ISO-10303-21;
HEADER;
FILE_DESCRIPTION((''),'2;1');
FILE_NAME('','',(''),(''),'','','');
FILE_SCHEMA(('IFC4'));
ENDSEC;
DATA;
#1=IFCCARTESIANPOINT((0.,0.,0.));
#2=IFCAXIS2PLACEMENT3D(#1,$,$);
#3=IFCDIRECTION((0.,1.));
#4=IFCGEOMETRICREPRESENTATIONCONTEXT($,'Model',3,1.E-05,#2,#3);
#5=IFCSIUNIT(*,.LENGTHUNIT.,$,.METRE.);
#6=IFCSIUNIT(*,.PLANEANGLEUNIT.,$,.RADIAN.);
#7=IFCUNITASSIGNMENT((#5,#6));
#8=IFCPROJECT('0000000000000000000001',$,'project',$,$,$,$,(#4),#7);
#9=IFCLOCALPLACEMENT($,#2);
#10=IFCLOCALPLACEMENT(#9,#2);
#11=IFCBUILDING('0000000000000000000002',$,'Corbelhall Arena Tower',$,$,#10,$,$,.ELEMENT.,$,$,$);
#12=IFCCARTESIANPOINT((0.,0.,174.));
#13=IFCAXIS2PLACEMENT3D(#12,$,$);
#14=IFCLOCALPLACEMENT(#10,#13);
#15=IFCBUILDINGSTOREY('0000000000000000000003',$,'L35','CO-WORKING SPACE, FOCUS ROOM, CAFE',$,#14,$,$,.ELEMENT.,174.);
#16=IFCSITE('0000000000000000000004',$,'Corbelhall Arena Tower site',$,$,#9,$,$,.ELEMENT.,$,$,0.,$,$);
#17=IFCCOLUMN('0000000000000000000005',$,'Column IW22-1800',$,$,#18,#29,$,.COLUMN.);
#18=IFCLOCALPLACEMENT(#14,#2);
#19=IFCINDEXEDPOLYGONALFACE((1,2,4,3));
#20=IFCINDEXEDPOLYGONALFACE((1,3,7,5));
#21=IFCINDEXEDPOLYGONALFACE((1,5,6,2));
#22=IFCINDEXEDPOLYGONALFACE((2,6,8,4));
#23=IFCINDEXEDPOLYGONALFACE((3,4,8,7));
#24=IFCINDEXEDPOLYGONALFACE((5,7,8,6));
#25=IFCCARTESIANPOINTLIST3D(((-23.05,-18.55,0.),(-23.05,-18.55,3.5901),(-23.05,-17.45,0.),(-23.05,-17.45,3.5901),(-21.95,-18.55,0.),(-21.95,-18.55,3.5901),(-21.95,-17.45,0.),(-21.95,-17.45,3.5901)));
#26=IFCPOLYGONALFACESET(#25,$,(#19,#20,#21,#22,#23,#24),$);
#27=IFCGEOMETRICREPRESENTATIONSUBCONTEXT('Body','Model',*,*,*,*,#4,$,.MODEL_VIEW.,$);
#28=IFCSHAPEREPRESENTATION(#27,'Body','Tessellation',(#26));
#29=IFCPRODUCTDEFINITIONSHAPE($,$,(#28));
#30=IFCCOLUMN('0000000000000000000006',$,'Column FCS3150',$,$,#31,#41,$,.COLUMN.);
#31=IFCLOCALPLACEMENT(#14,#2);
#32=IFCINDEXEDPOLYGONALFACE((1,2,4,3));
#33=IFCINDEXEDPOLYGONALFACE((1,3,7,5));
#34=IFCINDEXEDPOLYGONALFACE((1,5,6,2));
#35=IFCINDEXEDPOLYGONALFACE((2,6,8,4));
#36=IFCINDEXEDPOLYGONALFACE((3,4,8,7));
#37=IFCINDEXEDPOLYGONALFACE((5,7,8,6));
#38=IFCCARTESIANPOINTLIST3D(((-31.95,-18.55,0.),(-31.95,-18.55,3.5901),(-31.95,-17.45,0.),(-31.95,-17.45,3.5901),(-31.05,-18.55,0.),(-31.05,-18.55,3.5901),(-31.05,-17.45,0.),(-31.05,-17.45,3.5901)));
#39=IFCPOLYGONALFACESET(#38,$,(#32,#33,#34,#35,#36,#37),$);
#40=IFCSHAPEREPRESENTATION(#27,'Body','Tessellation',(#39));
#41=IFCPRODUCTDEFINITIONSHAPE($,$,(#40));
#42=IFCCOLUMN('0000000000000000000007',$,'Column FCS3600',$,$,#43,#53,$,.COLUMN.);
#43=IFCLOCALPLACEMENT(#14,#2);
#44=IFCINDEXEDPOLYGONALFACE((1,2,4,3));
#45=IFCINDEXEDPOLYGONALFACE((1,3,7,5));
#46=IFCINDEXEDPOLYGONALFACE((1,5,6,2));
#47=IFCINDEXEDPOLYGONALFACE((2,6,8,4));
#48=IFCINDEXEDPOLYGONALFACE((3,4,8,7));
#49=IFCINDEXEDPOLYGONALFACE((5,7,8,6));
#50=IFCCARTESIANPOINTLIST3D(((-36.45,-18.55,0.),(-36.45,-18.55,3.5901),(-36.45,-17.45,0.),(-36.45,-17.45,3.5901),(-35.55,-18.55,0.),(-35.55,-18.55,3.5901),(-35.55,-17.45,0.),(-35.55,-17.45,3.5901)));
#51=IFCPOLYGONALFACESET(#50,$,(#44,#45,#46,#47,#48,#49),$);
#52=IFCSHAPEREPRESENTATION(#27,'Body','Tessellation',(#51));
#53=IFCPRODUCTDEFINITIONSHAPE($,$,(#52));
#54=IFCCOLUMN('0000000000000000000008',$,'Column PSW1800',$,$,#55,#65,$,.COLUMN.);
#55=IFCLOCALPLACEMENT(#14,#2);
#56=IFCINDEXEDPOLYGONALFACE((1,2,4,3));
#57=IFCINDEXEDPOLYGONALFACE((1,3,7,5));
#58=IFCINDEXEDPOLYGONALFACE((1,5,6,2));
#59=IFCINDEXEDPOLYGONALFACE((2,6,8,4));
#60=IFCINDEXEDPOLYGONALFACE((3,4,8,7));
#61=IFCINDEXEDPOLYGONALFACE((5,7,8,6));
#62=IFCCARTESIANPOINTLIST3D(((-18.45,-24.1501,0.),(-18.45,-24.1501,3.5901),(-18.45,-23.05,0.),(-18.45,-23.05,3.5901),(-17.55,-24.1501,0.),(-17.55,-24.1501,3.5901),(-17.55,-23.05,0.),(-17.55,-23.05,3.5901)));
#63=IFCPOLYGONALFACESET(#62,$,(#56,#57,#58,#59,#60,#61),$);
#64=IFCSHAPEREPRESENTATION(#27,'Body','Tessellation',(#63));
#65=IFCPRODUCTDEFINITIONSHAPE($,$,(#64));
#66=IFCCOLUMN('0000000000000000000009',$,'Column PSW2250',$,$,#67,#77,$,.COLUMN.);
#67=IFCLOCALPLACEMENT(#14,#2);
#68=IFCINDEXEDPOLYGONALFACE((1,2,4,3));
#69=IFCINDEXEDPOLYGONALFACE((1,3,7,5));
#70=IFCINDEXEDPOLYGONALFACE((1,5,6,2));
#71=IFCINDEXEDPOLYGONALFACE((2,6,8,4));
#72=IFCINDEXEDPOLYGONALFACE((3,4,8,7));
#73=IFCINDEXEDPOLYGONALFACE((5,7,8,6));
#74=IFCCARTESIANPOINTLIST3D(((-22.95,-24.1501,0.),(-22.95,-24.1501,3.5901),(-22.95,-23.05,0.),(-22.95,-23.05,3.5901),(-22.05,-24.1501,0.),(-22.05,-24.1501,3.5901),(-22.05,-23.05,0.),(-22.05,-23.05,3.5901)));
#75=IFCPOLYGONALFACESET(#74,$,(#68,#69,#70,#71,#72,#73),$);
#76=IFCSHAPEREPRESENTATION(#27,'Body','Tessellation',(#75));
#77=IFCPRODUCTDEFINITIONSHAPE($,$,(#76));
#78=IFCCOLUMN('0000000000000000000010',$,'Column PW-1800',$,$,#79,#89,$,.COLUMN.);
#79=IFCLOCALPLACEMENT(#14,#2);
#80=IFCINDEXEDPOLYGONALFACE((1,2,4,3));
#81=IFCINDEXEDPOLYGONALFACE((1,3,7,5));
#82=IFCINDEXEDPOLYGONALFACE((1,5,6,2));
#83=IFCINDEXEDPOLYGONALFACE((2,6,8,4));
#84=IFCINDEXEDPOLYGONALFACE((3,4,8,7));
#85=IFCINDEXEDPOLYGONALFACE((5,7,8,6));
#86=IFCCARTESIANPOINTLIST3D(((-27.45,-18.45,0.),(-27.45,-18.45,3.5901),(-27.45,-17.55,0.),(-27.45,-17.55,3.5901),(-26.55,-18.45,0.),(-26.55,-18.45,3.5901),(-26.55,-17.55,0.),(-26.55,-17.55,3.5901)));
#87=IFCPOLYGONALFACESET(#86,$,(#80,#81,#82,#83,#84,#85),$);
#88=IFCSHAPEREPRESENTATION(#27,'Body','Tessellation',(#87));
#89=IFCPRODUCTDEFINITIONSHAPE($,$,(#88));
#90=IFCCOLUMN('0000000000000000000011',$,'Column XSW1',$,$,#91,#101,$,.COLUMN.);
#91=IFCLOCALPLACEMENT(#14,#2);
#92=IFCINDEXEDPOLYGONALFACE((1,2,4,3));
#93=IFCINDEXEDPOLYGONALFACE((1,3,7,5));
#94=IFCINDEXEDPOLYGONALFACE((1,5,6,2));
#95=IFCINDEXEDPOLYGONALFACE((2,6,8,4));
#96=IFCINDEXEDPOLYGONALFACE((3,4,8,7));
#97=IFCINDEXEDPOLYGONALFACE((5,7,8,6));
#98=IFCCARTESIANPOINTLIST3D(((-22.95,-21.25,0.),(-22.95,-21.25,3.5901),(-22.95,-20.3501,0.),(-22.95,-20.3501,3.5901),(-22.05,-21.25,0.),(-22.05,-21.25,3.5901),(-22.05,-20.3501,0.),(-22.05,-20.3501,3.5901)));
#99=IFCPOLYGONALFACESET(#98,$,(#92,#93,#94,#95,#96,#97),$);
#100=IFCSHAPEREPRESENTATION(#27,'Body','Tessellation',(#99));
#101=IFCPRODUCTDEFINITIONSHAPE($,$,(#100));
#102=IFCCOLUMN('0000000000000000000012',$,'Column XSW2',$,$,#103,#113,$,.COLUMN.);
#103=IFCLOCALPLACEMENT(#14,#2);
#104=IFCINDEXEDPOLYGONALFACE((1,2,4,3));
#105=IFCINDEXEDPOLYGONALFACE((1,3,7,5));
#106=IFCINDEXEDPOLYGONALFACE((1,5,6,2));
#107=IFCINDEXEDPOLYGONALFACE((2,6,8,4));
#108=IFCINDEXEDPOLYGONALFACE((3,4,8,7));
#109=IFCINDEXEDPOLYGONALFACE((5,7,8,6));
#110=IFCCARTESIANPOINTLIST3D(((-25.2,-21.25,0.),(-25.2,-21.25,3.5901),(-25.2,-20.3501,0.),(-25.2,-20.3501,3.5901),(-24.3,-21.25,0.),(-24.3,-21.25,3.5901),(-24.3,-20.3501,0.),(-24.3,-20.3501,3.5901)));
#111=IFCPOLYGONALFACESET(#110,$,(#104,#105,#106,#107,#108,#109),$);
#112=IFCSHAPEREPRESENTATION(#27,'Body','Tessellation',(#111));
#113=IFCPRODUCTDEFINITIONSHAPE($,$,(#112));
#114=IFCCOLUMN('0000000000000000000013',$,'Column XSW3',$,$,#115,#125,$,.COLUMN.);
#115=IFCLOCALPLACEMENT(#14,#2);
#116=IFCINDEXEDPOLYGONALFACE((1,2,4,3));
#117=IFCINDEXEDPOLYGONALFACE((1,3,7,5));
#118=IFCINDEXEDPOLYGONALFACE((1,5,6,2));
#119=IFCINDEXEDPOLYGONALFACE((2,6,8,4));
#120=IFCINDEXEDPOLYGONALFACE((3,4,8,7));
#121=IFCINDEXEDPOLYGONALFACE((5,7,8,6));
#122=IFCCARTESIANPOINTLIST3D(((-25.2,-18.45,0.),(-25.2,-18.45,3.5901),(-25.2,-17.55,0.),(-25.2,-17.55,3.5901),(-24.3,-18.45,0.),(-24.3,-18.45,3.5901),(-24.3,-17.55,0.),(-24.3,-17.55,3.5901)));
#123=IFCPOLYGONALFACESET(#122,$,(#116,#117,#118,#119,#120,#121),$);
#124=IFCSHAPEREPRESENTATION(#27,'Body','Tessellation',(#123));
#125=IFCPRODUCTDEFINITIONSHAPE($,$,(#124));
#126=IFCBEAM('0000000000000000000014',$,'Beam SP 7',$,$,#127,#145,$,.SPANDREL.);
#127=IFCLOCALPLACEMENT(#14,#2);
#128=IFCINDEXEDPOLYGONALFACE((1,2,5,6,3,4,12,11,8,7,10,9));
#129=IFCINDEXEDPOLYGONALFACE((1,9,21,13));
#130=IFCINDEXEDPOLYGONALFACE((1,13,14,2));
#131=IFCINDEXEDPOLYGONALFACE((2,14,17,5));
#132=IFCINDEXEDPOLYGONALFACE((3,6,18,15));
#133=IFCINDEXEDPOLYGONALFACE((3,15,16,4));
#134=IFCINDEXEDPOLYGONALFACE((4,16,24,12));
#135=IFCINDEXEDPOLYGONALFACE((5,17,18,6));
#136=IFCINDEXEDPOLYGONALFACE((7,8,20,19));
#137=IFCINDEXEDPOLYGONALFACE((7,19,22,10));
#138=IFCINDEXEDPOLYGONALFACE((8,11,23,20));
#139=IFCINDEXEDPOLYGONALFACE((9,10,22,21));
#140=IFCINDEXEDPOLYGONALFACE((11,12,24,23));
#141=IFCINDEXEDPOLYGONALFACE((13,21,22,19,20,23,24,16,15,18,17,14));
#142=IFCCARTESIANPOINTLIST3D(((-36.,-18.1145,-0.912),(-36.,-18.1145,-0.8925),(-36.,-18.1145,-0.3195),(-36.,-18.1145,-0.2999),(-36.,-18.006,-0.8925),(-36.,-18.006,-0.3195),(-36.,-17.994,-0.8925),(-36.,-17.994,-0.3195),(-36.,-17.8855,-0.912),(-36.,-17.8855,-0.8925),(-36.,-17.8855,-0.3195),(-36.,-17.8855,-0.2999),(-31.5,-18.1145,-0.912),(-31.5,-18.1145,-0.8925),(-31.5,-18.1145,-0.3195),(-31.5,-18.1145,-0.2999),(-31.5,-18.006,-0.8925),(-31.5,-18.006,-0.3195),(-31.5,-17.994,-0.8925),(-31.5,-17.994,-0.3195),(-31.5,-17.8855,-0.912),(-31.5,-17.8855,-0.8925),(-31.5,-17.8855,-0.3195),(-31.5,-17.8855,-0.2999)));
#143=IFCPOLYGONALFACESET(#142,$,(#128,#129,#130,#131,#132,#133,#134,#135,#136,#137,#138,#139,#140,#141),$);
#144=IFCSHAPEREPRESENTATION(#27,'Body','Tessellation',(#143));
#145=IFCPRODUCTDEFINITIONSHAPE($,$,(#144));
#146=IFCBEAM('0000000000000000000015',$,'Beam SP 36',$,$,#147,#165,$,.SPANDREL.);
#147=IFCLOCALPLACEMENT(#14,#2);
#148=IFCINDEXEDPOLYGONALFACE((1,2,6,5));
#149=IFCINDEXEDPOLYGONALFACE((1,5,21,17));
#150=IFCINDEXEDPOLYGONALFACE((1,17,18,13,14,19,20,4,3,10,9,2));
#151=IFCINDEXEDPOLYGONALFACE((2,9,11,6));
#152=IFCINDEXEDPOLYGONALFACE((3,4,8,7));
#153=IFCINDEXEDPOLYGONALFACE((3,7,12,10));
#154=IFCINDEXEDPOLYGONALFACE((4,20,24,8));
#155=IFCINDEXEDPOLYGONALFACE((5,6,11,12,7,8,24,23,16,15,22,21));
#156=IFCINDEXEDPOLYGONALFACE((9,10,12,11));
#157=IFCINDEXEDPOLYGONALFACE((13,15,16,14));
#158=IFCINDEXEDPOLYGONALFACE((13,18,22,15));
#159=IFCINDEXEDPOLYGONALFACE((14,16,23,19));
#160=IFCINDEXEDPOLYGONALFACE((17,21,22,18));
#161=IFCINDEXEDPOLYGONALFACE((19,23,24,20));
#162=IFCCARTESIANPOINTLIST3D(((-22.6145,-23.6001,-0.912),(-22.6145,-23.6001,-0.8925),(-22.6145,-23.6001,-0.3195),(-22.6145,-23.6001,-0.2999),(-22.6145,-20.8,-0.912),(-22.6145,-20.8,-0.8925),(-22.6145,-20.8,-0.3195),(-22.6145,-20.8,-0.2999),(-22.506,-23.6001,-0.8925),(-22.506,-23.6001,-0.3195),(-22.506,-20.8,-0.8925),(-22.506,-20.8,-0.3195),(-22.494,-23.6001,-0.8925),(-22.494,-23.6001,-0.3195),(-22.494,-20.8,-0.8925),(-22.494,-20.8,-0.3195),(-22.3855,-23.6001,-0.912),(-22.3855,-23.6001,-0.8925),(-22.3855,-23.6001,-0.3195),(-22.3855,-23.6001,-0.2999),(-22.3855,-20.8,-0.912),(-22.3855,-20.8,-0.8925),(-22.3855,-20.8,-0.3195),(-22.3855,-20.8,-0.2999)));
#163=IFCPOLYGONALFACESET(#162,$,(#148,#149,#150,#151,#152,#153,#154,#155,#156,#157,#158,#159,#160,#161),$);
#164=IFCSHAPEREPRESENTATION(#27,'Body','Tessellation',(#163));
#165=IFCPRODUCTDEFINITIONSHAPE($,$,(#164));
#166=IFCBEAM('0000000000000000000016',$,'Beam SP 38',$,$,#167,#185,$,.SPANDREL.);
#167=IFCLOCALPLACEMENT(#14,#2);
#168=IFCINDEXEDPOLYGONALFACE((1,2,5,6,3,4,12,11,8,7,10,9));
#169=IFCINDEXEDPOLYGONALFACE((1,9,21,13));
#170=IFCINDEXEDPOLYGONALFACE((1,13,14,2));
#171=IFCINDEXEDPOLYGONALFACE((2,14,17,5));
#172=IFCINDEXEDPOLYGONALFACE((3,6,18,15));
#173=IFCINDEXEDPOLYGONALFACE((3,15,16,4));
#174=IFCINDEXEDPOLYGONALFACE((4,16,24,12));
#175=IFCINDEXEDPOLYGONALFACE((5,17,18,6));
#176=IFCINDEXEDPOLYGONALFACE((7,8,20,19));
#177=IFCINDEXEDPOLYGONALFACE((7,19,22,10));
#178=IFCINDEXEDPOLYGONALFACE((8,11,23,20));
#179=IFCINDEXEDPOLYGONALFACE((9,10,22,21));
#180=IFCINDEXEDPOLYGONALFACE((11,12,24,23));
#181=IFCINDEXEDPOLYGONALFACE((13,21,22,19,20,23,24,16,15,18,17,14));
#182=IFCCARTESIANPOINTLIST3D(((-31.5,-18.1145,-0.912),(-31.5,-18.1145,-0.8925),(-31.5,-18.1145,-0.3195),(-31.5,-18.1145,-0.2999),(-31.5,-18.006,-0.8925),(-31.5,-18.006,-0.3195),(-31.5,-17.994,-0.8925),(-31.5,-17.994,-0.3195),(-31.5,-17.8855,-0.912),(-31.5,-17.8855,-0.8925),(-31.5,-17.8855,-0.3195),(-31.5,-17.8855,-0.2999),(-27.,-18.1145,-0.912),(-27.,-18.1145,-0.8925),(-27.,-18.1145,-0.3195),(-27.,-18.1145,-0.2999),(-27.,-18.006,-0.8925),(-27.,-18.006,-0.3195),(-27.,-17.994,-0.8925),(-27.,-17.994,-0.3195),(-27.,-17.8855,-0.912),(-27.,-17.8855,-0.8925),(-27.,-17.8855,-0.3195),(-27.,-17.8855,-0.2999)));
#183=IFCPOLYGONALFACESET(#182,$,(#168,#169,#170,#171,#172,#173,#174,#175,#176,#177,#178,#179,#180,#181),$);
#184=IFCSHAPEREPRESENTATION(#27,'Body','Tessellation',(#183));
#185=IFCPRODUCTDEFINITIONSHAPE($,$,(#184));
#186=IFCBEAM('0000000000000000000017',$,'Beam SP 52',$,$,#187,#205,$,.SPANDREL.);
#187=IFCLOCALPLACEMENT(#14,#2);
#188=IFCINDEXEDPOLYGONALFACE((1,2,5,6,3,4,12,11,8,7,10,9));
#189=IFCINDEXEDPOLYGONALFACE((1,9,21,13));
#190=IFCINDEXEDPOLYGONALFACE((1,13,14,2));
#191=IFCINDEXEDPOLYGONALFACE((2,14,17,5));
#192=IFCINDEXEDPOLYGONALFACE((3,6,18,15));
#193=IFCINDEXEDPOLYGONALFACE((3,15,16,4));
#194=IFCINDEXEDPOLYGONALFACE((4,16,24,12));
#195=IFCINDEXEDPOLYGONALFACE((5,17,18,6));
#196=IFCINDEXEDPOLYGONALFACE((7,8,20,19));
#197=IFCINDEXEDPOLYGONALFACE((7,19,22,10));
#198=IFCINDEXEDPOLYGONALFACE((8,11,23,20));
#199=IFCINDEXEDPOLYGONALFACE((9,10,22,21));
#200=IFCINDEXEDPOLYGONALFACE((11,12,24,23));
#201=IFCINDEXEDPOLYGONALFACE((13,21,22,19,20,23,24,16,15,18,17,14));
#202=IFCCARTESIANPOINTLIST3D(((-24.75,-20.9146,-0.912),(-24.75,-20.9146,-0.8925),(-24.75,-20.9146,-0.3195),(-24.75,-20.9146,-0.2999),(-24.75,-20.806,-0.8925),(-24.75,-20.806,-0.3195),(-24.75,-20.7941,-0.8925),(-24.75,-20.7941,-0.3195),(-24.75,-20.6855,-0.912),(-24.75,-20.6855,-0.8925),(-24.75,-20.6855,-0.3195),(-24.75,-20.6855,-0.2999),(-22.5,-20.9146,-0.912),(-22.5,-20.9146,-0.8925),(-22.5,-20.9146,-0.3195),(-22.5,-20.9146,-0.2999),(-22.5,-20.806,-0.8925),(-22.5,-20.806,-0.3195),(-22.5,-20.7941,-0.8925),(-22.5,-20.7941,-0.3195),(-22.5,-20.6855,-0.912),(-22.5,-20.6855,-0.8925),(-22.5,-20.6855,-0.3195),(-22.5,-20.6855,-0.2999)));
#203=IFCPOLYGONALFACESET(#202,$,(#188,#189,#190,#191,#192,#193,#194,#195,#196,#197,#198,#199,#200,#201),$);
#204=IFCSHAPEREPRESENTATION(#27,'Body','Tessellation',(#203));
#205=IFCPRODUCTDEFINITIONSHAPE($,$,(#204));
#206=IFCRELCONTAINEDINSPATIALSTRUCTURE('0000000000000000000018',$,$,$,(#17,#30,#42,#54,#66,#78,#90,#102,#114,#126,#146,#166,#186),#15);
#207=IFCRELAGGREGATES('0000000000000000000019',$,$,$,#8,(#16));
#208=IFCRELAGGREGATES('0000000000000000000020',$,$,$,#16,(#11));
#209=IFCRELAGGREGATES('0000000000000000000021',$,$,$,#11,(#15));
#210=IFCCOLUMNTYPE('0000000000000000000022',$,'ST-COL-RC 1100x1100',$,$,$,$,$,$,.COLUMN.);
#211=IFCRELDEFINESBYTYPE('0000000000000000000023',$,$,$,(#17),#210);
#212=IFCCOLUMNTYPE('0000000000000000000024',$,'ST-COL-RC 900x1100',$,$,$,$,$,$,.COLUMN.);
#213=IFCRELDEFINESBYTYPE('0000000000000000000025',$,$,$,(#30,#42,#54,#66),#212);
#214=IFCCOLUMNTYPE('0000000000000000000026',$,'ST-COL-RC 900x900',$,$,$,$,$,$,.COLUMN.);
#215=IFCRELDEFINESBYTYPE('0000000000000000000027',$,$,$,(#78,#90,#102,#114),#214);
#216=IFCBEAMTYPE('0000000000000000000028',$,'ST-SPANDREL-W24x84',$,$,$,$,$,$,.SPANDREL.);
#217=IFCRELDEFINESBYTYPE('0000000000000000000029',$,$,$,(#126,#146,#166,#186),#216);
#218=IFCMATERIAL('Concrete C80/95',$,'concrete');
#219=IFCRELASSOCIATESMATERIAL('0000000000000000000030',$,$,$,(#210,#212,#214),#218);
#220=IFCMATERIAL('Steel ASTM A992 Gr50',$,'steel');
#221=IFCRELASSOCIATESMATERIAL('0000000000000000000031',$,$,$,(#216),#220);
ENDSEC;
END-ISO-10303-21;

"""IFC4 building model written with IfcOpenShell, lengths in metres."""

from ifc_helpers import new_model, si_unit, direction, frame, origin, origin_2d, place, context, subcontext, project, spatial, rectangle, i_section, extrude, material, material_profile, profile_set, type_object, element, save


model = new_model("IFC4")

# Units and contexts
model_context = context("Model", 3, precision=1e-05, world=origin(), true_north=direction((0.0, 1.0)))
body_context = subcontext(model_context, "Body", "Model", "MODEL_VIEW")
ifc_project = project(units=[si_unit("LENGTHUNIT", "METRE"), si_unit("PLANEANGLEUNIT", "RADIAN")], contexts=[model_context])

# Site, building, storey
site_placement = place(None, origin())
site = spatial("IfcSite", under=ifc_project, at=site_placement, Name="Corbelhall Arena Tower site", CompositionType="ELEMENT", RefElevation=0.0)
building_placement = place(site_placement, origin())
building = spatial("IfcBuilding", under=site, at=building_placement, Name="Corbelhall Arena Tower", CompositionType="ELEMENT")
storey_placement = place(building_placement, frame((0.0, 0.0, 174.0)))
storey = spatial("IfcBuildingStorey", under=building, at=storey_placement, Name="L35", Description="CO-WORKING SPACE, FOCUS ROOM, CAFE", CompositionType="ELEMENT", Elevation=174.0)

# Columns
ifc_material_1 = material(Name="Concrete C80/95", Category="concrete")
ifc_material_profile_1 = material_profile(ifc_material_1, rectangle(XDim=1.1001, YDim=1.1001, at=origin_2d()))
ifc_profile_set_1 = profile_set([ifc_material_profile_1], Name="Concrete C80/95")
column_type_1 = type_object("IfcColumnType", Name="ST-COL-RC 1100x1100", PredefinedType="COLUMN", material=ifc_profile_set_1)
column_placement = place(storey_placement, frame((-22.5, -18.0, 0.0), z_axis=(0.0, 0.0, 1.0), x_axis=(1.0, 0.0, 0.0)))
element("IfcColumn", 1, at=column_placement, inside=storey, type_object=column_type_1, Name="Column IW22-1800", PredefinedType="COLUMN", context=body_context, shape_type="SweptSolid", body=[
    extrude(rectangle(XDim=1.1001, YDim=1.1001, at=origin_2d()), origin(), (0.0, 0.0, 1.0), 3.5901),
])
ifc_material_profile_2 = material_profile(ifc_material_1, rectangle(XDim=0.8999, YDim=1.1001, at=origin_2d()))
ifc_profile_set_2 = profile_set([ifc_material_profile_2], Name="Concrete C80/95")
column_type_2 = type_object("IfcColumnType", Name="ST-COL-RC 900x1100", PredefinedType="COLUMN", material=ifc_profile_set_2)
for number, where, z_axis, x_axis, name in (
    (2, (-31.5, -18.0, 0.0), (0.0, 0.0, 1.0), (1.0, 0.0, 0.0), "Column FCS3150"),
    (3, (-36.0, -18.0, 0.0), (0.0, 0.0, 1.0), (1.0, 0.0, 0.0), "Column FCS3600"),
    (4, (-18.0, -23.6001, 0.0), (0.0, 0.0, 1.0), (1.0, 0.0, 0.0), "Column PSW1800"),
    (5, (-22.5, -23.6001, 0.0), (0.0, 0.0, 1.0), (1.0, 0.0, 0.0), "Column PSW2250"),
):
    element("IfcColumn", number, at=place(storey_placement, frame(where, z_axis=z_axis, x_axis=x_axis)), inside=storey, type_object=column_type_2, Name=name, PredefinedType="COLUMN", context=body_context, shape_type="SweptSolid", body=[
        extrude(rectangle(XDim=0.8999, YDim=1.1001, at=origin_2d()), origin(), (0.0, 0.0, 1.0), 3.5901),
    ])
ifc_material_profile_3 = material_profile(ifc_material_1, rectangle(XDim=0.8999, YDim=0.8999, at=origin_2d()))
ifc_profile_set_3 = profile_set([ifc_material_profile_3], Name="Concrete C80/95")
column_type_3 = type_object("IfcColumnType", Name="ST-COL-RC 900x900", PredefinedType="COLUMN", material=ifc_profile_set_3)
for number, where, z_axis, x_axis, name in (
    (6, (-27.0, -18.0, 0.0), (0.0, 0.0, 1.0), (1.0, 0.0, 0.0), "Column PW-1800"),
    (7, (-22.5, -20.8, 0.0), (0.0, 0.0, 1.0), (1.0, 0.0, 0.0), "Column XSW1"),
    (8, (-24.75, -20.8, 0.0), (0.0, 0.0, 1.0), (1.0, 0.0, 0.0), "Column XSW2"),
    (9, (-24.75, -18.0, 0.0), (0.0, 0.0, 1.0), (1.0, 0.0, 0.0), "Column XSW3"),
):
    element("IfcColumn", number, at=place(storey_placement, frame(where, z_axis=z_axis, x_axis=x_axis)), inside=storey, type_object=column_type_3, Name=name, PredefinedType="COLUMN", context=body_context, shape_type="SweptSolid", body=[
        extrude(rectangle(XDim=0.8999, YDim=0.8999, at=origin_2d()), origin(), (0.0, 0.0, 1.0), 3.5901),
    ])

# Beams
ifc_material_2 = material(Name="Steel ASTM A992 Gr50", Category="steel")
ifc_material_profile_4 = material_profile(ifc_material_2, i_section(OverallWidth=0.229, OverallDepth=0.6121, WebThickness=0.012, FlangeThickness=0.0195, at=origin_2d()))
ifc_profile_set_4 = profile_set([ifc_material_profile_4], Name="Steel ASTM A992 Gr50")
beam_type = type_object("IfcBeamType", Name="ST-SPANDREL-W24x84", PredefinedType="SPANDREL", material=ifc_profile_set_4)
beam_1_placement = place(storey_placement, frame((-31.5, -18.0, -0.606), z_axis=(-1.0, 0.0, 0.0), x_axis=(0.0, -1.0, 0.0)))
element("IfcBeam", 10, at=beam_1_placement, inside=storey, type_object=beam_type, Name="Beam SP 7", PredefinedType="SPANDREL", context=body_context, shape_type="SweptSolid", body=[
    extrude(i_section(OverallWidth=0.229, OverallDepth=0.6121, WebThickness=0.012, FlangeThickness=0.0195, at=origin_2d()), origin(), (0.0, 0.0, 1.0), 4.5),
])
beam_2_placement = place(storey_placement, frame((-22.5, -23.6001, -0.606), z_axis=(0.0, 1.0, 0.0), x_axis=(-1.0, 0.0, 0.0)))
element("IfcBeam", 11, at=beam_2_placement, inside=storey, type_object=beam_type, Name="Beam SP 36", PredefinedType="SPANDREL", context=body_context, shape_type="SweptSolid", body=[
    extrude(i_section(OverallWidth=0.229, OverallDepth=0.6121, WebThickness=0.012, FlangeThickness=0.0195, at=origin_2d()), origin(), (0.0, 0.0, 1.0), 2.8),
])
beam_3_placement = place(storey_placement, frame((-27.0, -18.0, -0.606), z_axis=(-1.0, 0.0, 0.0), x_axis=(0.0, -1.0, 0.0)))
element("IfcBeam", 12, at=beam_3_placement, inside=storey, type_object=beam_type, Name="Beam SP 38", PredefinedType="SPANDREL", context=body_context, shape_type="SweptSolid", body=[
    extrude(i_section(OverallWidth=0.229, OverallDepth=0.6121, WebThickness=0.012, FlangeThickness=0.0195, at=origin_2d()), origin(), (0.0, 0.0, 1.0), 4.5),
])
beam_4_placement = place(storey_placement, frame((-22.5, -20.8, -0.606), z_axis=(-1.0, 0.0, 0.0), x_axis=(0.0, -1.0, 0.0)))
element("IfcBeam", 13, at=beam_4_placement, inside=storey, type_object=beam_type, Name="Beam SP 52", PredefinedType="SPANDREL", context=body_context, shape_type="SweptSolid", body=[
    extrude(i_section(OverallWidth=0.229, OverallDepth=0.6121, WebThickness=0.012, FlangeThickness=0.0195, at=origin_2d()), origin(), (0.0, 0.0, 1.0), 2.25),
])

save(model, "model.ifc")
